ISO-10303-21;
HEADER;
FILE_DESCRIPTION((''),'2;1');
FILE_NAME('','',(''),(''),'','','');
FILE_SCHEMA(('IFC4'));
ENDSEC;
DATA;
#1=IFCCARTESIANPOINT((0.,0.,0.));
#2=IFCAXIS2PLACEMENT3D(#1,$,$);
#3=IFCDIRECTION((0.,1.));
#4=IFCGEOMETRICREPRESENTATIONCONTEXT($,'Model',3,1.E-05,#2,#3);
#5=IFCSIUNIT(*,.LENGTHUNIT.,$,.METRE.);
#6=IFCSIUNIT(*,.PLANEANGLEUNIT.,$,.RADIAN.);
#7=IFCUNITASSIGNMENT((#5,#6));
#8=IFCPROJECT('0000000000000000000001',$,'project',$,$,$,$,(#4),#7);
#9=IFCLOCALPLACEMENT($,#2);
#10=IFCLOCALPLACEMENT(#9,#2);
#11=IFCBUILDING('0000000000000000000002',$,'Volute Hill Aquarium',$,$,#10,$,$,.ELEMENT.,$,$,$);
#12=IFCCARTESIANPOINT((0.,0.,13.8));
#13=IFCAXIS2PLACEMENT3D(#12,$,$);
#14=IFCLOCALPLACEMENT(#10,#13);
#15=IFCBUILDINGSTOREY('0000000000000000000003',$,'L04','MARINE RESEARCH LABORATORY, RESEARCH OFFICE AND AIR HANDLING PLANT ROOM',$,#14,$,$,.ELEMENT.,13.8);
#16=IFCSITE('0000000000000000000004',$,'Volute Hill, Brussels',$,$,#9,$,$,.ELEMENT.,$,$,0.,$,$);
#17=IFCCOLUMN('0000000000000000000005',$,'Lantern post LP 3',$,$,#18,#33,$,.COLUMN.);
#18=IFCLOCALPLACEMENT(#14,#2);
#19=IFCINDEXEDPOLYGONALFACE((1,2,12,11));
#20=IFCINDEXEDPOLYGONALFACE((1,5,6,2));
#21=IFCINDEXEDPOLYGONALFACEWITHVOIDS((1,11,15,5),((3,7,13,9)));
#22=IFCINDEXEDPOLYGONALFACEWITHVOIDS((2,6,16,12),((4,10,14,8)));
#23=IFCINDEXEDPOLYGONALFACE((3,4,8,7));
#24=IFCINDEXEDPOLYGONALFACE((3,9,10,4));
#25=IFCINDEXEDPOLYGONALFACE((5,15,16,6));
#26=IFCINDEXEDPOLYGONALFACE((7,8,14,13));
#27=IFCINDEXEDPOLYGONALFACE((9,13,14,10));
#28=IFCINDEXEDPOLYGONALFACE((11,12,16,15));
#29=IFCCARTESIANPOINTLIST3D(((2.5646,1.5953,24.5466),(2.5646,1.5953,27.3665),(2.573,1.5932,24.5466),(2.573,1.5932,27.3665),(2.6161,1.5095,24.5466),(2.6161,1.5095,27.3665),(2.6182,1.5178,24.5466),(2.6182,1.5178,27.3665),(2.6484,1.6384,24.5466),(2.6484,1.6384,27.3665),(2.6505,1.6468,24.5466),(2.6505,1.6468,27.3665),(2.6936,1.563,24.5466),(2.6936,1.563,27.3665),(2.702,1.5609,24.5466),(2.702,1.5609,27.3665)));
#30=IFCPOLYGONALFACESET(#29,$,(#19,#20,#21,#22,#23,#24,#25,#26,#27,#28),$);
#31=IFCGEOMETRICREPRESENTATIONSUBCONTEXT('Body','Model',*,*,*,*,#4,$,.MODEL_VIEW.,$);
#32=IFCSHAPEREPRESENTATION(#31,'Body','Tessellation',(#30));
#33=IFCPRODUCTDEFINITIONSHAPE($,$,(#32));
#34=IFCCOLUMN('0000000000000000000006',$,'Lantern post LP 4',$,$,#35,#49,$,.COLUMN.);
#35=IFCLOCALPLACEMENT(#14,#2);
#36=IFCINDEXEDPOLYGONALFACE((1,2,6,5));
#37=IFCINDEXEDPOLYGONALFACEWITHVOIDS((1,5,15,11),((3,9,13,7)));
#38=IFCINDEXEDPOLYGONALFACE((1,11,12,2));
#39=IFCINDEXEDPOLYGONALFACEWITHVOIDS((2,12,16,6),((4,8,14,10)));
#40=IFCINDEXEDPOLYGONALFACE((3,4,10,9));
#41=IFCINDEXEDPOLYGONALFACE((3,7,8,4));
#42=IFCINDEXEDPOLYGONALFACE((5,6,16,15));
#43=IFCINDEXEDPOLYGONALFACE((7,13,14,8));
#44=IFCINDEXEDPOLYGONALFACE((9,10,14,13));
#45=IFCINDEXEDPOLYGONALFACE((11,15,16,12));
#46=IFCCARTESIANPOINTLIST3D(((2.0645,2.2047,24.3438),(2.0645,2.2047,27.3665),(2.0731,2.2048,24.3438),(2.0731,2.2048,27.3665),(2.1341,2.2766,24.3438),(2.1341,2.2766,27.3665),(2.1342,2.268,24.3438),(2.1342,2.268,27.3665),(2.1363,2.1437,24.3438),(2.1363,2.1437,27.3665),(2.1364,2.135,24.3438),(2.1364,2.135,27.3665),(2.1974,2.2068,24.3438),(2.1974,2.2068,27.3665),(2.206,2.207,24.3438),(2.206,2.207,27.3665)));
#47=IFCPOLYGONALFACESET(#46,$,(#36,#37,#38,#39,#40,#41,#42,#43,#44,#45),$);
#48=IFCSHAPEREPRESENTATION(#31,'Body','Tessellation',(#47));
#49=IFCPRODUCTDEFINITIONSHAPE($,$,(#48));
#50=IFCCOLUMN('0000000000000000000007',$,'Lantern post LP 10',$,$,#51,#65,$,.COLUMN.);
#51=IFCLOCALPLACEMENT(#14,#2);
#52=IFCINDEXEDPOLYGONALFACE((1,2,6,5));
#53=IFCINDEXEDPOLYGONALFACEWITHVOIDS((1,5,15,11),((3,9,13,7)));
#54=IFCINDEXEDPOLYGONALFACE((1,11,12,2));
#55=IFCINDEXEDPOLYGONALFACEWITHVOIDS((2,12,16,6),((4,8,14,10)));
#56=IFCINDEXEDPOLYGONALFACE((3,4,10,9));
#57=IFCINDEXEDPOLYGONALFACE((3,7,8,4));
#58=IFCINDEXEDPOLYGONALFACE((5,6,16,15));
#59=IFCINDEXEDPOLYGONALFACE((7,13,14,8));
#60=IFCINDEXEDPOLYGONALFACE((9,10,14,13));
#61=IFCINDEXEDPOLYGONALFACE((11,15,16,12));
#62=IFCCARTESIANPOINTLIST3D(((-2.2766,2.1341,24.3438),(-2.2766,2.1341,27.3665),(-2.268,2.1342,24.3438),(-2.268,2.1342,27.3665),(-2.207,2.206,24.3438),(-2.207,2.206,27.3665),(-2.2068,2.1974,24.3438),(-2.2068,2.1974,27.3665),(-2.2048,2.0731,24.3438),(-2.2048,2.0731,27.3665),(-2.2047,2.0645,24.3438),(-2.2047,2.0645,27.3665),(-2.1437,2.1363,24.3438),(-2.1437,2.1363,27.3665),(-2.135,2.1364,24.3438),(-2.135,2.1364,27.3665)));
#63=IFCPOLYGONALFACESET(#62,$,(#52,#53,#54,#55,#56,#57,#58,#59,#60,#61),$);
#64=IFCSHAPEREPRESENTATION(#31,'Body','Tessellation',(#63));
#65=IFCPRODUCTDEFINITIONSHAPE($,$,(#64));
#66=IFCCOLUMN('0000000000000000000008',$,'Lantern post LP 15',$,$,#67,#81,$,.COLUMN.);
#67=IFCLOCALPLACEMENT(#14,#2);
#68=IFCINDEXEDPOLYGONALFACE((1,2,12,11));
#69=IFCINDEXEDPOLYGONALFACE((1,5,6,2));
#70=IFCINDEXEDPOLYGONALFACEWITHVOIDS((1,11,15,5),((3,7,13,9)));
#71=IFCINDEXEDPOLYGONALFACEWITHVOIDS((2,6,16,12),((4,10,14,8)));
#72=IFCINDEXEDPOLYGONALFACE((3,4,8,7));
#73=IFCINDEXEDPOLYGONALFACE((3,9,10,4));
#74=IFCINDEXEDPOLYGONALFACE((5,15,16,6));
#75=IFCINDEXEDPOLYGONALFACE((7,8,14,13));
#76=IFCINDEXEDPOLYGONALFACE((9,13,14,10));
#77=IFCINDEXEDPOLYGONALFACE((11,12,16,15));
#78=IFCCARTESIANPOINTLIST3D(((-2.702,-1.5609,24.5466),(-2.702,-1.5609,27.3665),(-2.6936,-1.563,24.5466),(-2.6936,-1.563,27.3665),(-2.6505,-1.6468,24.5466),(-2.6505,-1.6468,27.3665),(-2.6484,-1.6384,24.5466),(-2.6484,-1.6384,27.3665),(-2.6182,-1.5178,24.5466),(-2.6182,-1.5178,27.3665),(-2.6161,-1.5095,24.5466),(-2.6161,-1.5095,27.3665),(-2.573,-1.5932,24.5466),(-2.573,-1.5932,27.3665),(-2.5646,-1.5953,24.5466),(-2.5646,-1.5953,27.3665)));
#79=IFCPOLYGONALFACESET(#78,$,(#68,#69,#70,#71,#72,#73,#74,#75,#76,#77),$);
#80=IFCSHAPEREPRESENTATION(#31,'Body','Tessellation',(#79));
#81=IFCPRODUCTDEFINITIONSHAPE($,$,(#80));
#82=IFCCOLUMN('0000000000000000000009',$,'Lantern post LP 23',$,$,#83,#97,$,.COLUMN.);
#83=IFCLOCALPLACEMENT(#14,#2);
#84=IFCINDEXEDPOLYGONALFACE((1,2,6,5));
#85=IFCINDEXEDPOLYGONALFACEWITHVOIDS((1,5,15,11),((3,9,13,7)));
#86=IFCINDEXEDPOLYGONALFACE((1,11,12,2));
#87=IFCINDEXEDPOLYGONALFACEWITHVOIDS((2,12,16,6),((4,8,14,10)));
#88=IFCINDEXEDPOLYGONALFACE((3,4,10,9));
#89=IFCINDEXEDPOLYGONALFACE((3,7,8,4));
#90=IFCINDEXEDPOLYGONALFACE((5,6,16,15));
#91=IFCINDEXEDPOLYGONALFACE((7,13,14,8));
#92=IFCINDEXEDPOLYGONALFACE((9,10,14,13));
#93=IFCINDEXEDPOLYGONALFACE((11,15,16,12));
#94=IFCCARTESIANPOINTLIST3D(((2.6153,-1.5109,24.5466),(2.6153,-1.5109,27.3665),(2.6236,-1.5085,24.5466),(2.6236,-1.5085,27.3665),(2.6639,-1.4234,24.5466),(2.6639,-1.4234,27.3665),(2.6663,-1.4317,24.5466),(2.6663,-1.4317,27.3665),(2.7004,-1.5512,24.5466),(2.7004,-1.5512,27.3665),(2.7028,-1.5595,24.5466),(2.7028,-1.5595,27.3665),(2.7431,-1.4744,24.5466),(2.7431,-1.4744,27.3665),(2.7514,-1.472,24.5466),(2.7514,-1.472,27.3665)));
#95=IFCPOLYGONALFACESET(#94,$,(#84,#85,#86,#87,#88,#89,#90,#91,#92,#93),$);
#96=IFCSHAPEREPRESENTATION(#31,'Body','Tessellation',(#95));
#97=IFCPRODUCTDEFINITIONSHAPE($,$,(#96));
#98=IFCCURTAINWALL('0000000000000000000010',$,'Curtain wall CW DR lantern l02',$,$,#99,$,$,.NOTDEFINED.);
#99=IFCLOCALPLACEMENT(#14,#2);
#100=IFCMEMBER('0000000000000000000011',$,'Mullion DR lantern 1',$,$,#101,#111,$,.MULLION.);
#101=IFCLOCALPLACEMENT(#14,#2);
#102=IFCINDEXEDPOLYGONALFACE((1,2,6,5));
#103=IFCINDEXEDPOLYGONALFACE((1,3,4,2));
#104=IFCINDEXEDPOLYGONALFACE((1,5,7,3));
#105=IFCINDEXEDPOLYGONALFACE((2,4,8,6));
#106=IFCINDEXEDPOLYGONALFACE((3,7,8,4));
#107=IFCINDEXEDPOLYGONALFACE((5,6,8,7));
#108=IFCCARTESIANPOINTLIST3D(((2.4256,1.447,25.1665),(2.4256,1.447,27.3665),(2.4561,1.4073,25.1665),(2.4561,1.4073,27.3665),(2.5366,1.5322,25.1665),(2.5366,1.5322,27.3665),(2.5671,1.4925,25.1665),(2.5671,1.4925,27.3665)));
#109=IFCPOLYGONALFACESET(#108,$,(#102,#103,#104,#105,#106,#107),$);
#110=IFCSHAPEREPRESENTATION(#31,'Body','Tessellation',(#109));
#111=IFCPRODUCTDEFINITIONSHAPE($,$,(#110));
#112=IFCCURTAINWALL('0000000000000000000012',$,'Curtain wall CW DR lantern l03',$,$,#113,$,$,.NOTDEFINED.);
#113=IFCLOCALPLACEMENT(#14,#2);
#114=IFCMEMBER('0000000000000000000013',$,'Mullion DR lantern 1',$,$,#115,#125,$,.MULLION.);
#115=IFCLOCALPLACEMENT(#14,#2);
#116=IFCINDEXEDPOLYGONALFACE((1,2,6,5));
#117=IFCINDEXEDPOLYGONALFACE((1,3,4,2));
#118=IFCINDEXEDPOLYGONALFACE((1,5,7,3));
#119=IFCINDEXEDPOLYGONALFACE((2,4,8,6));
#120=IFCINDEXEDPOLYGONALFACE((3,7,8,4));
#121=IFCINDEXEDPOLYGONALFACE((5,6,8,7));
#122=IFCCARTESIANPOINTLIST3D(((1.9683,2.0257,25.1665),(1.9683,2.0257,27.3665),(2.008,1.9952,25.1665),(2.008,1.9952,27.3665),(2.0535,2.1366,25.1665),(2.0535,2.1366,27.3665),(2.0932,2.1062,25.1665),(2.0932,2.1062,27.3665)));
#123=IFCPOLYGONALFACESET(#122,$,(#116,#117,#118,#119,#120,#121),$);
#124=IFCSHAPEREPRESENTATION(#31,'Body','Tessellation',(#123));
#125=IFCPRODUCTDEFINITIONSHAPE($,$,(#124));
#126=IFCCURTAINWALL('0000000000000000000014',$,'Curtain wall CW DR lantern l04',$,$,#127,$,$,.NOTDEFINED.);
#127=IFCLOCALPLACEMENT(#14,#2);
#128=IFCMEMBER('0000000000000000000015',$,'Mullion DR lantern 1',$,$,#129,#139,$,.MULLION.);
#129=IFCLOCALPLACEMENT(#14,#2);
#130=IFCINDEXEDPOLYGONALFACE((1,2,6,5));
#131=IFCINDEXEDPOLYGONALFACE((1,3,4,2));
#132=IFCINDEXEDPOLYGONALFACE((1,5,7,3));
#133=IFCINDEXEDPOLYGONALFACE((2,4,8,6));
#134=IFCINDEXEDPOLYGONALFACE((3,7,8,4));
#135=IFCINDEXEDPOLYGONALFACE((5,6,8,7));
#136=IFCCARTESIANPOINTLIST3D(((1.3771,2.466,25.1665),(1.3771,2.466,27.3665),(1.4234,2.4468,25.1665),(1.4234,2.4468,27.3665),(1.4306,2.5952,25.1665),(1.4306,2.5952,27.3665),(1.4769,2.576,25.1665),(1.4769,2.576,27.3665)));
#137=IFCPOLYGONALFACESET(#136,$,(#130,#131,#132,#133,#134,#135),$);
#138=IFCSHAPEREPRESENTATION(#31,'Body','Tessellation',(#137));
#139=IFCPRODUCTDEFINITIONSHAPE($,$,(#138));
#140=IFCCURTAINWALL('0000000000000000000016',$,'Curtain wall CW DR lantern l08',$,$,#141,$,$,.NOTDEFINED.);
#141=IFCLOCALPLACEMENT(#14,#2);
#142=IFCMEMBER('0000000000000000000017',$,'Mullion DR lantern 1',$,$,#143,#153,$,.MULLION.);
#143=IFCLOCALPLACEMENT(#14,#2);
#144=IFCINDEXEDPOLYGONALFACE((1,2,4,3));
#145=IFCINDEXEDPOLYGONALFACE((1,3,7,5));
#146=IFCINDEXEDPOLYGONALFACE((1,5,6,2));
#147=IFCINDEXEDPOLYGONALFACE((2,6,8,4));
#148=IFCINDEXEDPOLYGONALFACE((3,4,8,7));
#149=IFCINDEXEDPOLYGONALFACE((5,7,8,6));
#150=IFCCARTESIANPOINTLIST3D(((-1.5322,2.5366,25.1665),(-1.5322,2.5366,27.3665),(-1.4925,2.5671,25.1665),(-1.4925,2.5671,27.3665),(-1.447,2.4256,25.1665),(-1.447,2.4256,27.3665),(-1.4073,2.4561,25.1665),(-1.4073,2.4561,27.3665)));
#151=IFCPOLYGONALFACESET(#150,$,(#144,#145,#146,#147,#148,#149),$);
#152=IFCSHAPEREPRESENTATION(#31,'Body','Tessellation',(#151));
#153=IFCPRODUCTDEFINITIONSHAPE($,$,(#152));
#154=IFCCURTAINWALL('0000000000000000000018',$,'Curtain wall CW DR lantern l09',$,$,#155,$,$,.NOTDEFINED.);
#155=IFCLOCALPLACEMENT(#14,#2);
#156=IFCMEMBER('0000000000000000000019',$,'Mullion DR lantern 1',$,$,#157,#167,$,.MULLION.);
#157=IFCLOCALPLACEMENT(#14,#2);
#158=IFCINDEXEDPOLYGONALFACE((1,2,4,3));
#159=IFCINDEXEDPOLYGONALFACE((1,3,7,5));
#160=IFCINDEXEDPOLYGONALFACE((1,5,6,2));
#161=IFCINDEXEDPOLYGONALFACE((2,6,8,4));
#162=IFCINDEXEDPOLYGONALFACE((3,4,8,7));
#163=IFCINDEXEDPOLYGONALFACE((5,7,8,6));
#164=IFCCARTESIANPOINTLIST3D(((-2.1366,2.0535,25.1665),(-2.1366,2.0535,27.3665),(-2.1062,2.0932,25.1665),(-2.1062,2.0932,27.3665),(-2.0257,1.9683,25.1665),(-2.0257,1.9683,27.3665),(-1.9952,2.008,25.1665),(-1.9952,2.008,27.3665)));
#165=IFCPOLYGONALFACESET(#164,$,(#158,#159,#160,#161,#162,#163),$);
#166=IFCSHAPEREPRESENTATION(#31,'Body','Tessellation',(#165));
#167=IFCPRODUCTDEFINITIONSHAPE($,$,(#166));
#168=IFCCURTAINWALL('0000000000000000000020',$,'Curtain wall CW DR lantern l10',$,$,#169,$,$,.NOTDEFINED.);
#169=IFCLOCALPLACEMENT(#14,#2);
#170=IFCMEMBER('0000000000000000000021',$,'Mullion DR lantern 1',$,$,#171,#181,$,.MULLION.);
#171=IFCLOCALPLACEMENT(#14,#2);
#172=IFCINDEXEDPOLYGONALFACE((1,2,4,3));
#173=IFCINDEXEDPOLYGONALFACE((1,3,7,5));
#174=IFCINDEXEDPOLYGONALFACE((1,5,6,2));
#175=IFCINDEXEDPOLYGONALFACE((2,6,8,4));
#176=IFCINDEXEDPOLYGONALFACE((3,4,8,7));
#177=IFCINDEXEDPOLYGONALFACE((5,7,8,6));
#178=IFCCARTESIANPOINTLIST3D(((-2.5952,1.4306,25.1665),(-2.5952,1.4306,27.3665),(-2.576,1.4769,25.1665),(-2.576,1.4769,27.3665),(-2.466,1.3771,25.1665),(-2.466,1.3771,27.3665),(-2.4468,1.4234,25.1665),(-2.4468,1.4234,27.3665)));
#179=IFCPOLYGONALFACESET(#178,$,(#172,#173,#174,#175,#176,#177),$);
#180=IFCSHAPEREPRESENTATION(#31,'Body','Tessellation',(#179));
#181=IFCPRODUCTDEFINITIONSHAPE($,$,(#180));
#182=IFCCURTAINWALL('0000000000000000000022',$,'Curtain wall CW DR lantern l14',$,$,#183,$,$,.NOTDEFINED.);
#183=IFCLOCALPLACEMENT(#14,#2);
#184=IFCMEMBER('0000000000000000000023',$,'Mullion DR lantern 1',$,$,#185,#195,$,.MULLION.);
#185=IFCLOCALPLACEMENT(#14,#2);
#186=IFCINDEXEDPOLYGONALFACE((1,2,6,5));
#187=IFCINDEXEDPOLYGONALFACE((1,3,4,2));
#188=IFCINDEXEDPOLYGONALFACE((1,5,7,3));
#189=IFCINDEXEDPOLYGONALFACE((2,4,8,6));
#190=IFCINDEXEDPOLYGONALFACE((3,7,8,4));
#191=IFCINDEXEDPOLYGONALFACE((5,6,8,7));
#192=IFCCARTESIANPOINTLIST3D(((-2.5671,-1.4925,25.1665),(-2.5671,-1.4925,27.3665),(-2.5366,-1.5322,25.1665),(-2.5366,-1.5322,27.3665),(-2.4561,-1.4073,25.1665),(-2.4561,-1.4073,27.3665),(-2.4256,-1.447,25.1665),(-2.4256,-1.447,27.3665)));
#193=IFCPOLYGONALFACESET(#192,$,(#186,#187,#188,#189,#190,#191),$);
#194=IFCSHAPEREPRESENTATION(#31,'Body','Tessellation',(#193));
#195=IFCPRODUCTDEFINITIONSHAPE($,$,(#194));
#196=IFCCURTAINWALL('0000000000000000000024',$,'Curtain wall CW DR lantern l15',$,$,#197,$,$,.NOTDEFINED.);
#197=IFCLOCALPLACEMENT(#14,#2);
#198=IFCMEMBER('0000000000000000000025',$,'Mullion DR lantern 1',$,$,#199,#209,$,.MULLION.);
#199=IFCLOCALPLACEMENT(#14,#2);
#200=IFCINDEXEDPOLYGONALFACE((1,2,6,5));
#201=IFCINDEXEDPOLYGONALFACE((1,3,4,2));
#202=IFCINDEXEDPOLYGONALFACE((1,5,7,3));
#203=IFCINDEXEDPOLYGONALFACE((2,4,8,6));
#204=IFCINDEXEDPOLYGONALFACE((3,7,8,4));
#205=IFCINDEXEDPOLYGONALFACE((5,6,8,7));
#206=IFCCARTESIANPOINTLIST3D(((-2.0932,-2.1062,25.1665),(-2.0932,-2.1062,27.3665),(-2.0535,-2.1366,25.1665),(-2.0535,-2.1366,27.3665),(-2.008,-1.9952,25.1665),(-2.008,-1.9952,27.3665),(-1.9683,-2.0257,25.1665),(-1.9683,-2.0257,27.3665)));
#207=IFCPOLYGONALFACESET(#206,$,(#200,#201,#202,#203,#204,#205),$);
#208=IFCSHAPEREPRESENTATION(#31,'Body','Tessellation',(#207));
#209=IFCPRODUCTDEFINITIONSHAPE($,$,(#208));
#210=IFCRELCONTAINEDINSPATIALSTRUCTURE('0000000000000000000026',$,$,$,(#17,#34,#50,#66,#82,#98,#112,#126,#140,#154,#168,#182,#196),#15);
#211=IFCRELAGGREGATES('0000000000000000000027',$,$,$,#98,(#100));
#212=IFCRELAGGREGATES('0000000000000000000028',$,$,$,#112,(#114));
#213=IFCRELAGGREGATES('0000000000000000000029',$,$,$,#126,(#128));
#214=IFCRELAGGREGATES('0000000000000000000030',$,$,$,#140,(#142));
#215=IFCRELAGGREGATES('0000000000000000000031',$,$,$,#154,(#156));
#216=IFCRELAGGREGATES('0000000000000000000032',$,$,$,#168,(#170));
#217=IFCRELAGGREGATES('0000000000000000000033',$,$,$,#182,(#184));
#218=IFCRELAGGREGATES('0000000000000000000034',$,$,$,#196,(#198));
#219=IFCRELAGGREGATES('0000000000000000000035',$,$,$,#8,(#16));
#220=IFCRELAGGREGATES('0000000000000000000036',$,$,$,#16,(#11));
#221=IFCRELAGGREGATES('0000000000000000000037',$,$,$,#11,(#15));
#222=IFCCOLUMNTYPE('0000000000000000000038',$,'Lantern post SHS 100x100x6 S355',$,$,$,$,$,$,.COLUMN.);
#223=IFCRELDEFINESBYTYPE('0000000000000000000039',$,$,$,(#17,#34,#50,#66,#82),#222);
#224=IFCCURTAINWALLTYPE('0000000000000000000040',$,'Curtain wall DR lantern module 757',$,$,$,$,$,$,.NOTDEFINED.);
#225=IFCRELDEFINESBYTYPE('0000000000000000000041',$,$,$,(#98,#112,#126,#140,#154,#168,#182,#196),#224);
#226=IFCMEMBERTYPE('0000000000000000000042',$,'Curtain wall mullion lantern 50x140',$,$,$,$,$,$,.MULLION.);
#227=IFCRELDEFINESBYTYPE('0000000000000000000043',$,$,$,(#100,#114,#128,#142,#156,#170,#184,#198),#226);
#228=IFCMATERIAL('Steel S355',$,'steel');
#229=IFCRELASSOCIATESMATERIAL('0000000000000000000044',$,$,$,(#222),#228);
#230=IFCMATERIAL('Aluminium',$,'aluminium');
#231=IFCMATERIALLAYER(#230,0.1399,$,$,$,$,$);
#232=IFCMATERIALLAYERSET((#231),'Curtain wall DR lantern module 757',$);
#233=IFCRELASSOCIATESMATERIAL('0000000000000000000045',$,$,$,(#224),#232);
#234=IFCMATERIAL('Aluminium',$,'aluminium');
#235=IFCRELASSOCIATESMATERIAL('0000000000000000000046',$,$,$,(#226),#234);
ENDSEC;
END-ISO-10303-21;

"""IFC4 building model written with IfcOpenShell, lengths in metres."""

from ifc_helpers import new_model, si_unit, direction, frame, origin, origin_2d, place, context, subcontext, project, spatial, rectangle, hollow_rectangle, extrude, material, layer, layer_set, material_profile, profile_set, type_object, element, aggregate, save


model = new_model("IFC4")

# Units and contexts
model_context = context("Model", 3, precision=1e-05, world=origin(), true_north=direction((0.0, 1.0)))
body_context = subcontext(model_context, "Body", "Model", "MODEL_VIEW")
ifc_project = project(units=[si_unit("LENGTHUNIT", "METRE"), si_unit("PLANEANGLEUNIT", "RADIAN")], contexts=[model_context])

# Site, building, storey
site_placement = place(None, origin())
site = spatial("IfcSite", under=ifc_project, at=site_placement, Name="Volute Hill, Brussels", CompositionType="ELEMENT", RefElevation=0.0)
building_placement = place(site_placement, origin())
building = spatial("IfcBuilding", under=site, at=building_placement, Name="Volute Hill Aquarium", CompositionType="ELEMENT")
storey_placement = place(building_placement, frame((0.0, 0.0, 13.8)))
storey = spatial("IfcBuildingStorey", under=building, at=storey_placement, Name="L04", Description="MARINE RESEARCH LABORATORY, RESEARCH OFFICE AND AIR HANDLING PLANT ROOM", CompositionType="ELEMENT", Elevation=13.8)

# Columns
ifc_material_1 = material(Name="Steel S355", Category="steel")
ifc_material_profile_1 = material_profile(ifc_material_1, hollow_rectangle(XDim=0.1001, YDim=0.1001, WallThickness=0.0061, at=origin_2d()), Name="SHS 100x100x6")
ifc_profile_set_1 = profile_set([ifc_material_profile_1], Name="Steel S355")
column_type = type_object("IfcColumnType", Name="Lantern post SHS 100x100x6 S355", PredefinedType="COLUMN", material=ifc_profile_set_1)
column_placement = place(storey_placement, frame((2.6333, 1.5781, 24.5466), z_axis=(0.0, 0.0, 1.0), x_axis=(0.857768, 0.514038, 0.0)))
element("IfcColumn", 1, at=column_placement, inside=storey, type_object=column_type, Name="Lantern post LP 3", PredefinedType="COLUMN", context=body_context, shape_type="SweptSolid", body=[
    extrude(hollow_rectangle(XDim=0.1001, YDim=0.1001, WallThickness=0.0061, at=origin_2d()), origin(), (0.0, 0.0, 1.0), 2.8198),
])
for number, where, z_axis, x_axis, name in (
    (2, (2.1353, 2.2058, 24.3438), (0.0, 0.0, 1.0), (0.695497, 0.718529, 0.0), "Lantern post LP 4"),
    (3, (-2.2058, 2.1353, 24.3438), (0.0, 0.0, 1.0), (-0.718529, 0.695497, 0.0), "Lantern post LP 10"),
):
    element("IfcColumn", number, at=place(storey_placement, frame(where, z_axis=z_axis, x_axis=x_axis)), inside=storey, type_object=column_type, Name=name, PredefinedType="COLUMN", context=body_context, shape_type="SweptSolid", body=[
        extrude(hollow_rectangle(XDim=0.1001, YDim=0.1001, WallThickness=0.0061, at=origin_2d()), origin(), (0.0, 0.0, 1.0), 3.0227),
    ])
for number, where, z_axis, x_axis, name in (
    (4, (-2.6333, -1.5781, 24.5466), (0.0, 0.0, 1.0), (-0.857768, -0.514038, 0.0), "Lantern post LP 15"),
    (5, (2.6833, -1.4915, 24.5466), (0.0, 0.0, 1.0), (0.874054, -0.48583, 0.0), "Lantern post LP 23"),
):
    element("IfcColumn", number, at=place(storey_placement, frame(where, z_axis=z_axis, x_axis=x_axis)), inside=storey, type_object=column_type, Name=name, PredefinedType="COLUMN", context=body_context, shape_type="SweptSolid", body=[
        extrude(hollow_rectangle(XDim=0.1001, YDim=0.1001, WallThickness=0.0061, at=origin_2d()), origin(), (0.0, 0.0, 1.0), 2.8198),
    ])

# Curtain walls, members
ifc_material_2 = material(Name="Aluminium", Category="aluminium")
ifc_layer_1 = layer(ifc_material_2, 0.1399)
ifc_layer_set_1 = layer_set([ifc_layer_1], Name="Curtain wall DR lantern module 757")
curtain_wall_type = type_object("IfcCurtainWallType", Name="Curtain wall DR lantern module 757", PredefinedType="NOTDEFINED", material=ifc_layer_set_1)
curtain_wall_1_placement = place(storey_placement, origin())
curtain_wall_1 = element("IfcCurtainWall", 6, at=curtain_wall_1_placement, inside=storey, type_object=curtain_wall_type, Name="Curtain wall CW DR lantern l02", PredefinedType="NOTDEFINED")
ifc_material_3 = material(Name="Aluminium", Category="aluminium")
ifc_material_profile_2 = material_profile(ifc_material_3, rectangle(XDim=0.1399, YDim=0.05, at=origin_2d()), Name="Curtain wall mullion lantern 50x140")
ifc_profile_set_2 = profile_set([ifc_material_profile_2], Name="Aluminium")
member_type = type_object("IfcMemberType", Name="Curtain wall mullion lantern 50x140", PredefinedType="MULLION", material=ifc_profile_set_2)
member_1_placement = place(storey_placement, frame((2.4963, 1.4697, 25.1665), z_axis=(0.0, 0.0, 1.0), x_axis=(-0.793326, -0.608798, 0.0)))
member_1 = element("IfcMember", 7, at=member_1_placement, type_object=member_type, Name="Mullion DR lantern 1", PredefinedType="MULLION", context=body_context, shape_type="SweptSolid", body=[
    extrude(rectangle(XDim=0.1399, YDim=0.05, at=origin_2d()), origin(), (0.0, 0.0, 1.0), 2.2),
])
aggregate(curtain_wall_1, [member_1])
curtain_wall_2_placement = place(storey_placement, origin())
curtain_wall_2 = element("IfcCurtainWall", 8, at=curtain_wall_2_placement, inside=storey, type_object=curtain_wall_type, Name="Curtain wall CW DR lantern l03", PredefinedType="NOTDEFINED")
member_2_placement = place(storey_placement, frame((2.0308, 2.0659, 25.1665), z_axis=(0.0, 0.0, 1.0), x_axis=(-0.608798, -0.793326, 0.0)))
member_2 = element("IfcMember", 9, at=member_2_placement, type_object=member_type, Name="Mullion DR lantern 1", PredefinedType="MULLION", context=body_context, shape_type="SweptSolid", body=[
    extrude(rectangle(XDim=0.1399, YDim=0.05, at=origin_2d()), origin(), (0.0, 0.0, 1.0), 2.2),
])
aggregate(curtain_wall_2, [member_2])
curtain_wall_3_placement = place(storey_placement, origin())
curtain_wall_3 = element("IfcCurtainWall", 10, at=curtain_wall_3_placement, inside=storey, type_object=curtain_wall_type, Name="Curtain wall CW DR lantern l04", PredefinedType="NOTDEFINED")
member_3_placement = place(storey_placement, frame((1.427, 2.521, 25.1665), z_axis=(0.0, 0.0, 1.0), x_axis=(-0.382682, -0.92388, 0.0)))
member_3 = element("IfcMember", 11, at=member_3_placement, type_object=member_type, Name="Mullion DR lantern 1", PredefinedType="MULLION", context=body_context, shape_type="SweptSolid", body=[
    extrude(rectangle(XDim=0.1399, YDim=0.05, at=origin_2d()), origin(), (0.0, 0.0, 1.0), 2.2),
])
aggregate(curtain_wall_3, [member_3])
curtain_wall_4_placement = place(storey_placement, origin())
curtain_wall_4 = element("IfcCurtainWall", 12, at=curtain_wall_4_placement, inside=storey, type_object=curtain_wall_type, Name="Curtain wall CW DR lantern l08", PredefinedType="NOTDEFINED")
member_4_placement = place(storey_placement, frame((-1.4697, 2.4963, 25.1665), z_axis=(0.0, 0.0, 1.0), x_axis=(0.608798, -0.793326, 0.0)))
member_4 = element("IfcMember", 13, at=member_4_placement, type_object=member_type, Name="Mullion DR lantern 1", PredefinedType="MULLION", context=body_context, shape_type="SweptSolid", body=[
    extrude(rectangle(XDim=0.1399, YDim=0.05, at=origin_2d()), origin(), (0.0, 0.0, 1.0), 2.2),
])
aggregate(curtain_wall_4, [member_4])
curtain_wall_5_placement = place(storey_placement, origin())
curtain_wall_5 = element("IfcCurtainWall", 14, at=curtain_wall_5_placement, inside=storey, type_object=curtain_wall_type, Name="Curtain wall CW DR lantern l09", PredefinedType="NOTDEFINED")
member_5_placement = place(storey_placement, frame((-2.0659, 2.0308, 25.1665), z_axis=(0.0, 0.0, 1.0), x_axis=(0.793326, -0.608798, 0.0)))
member_5 = element("IfcMember", 15, at=member_5_placement, type_object=member_type, Name="Mullion DR lantern 1", PredefinedType="MULLION", context=body_context, shape_type="SweptSolid", body=[
    extrude(rectangle(XDim=0.1399, YDim=0.05, at=origin_2d()), origin(), (0.0, 0.0, 1.0), 2.2),
])
aggregate(curtain_wall_5, [member_5])
curtain_wall_6_placement = place(storey_placement, origin())
curtain_wall_6 = element("IfcCurtainWall", 16, at=curtain_wall_6_placement, inside=storey, type_object=curtain_wall_type, Name="Curtain wall CW DR lantern l10", PredefinedType="NOTDEFINED")
member_6_placement = place(storey_placement, frame((-2.521, 1.427, 25.1665), z_axis=(0.0, 0.0, 1.0), x_axis=(0.92388, -0.382682, 0.0)))
member_6 = element("IfcMember", 17, at=member_6_placement, type_object=member_type, Name="Mullion DR lantern 1", PredefinedType="MULLION", context=body_context, shape_type="SweptSolid", body=[
    extrude(rectangle(XDim=0.1399, YDim=0.05, at=origin_2d()), origin(), (0.0, 0.0, 1.0), 2.2),
])
aggregate(curtain_wall_6, [member_6])
curtain_wall_7_placement = place(storey_placement, origin())
curtain_wall_7 = element("IfcCurtainWall", 18, at=curtain_wall_7_placement, inside=storey, type_object=curtain_wall_type, Name="Curtain wall CW DR lantern l14", PredefinedType="NOTDEFINED")
member_7_placement = place(storey_placement, frame((-2.4963, -1.4697, 25.1665), z_axis=(0.0, 0.0, 1.0), x_axis=(0.793326, 0.608798, 0.0)))
member_7 = element("IfcMember", 19, at=member_7_placement, type_object=member_type, Name="Mullion DR lantern 1", PredefinedType="MULLION", context=body_context, shape_type="SweptSolid", body=[
    extrude(rectangle(XDim=0.1399, YDim=0.05, at=origin_2d()), origin(), (0.0, 0.0, 1.0), 2.2),
])
aggregate(curtain_wall_7, [member_7])
curtain_wall_8_placement = place(storey_placement, origin())
curtain_wall_8 = element("IfcCurtainWall", 20, at=curtain_wall_8_placement, inside=storey, type_object=curtain_wall_type, Name="Curtain wall CW DR lantern l15", PredefinedType="NOTDEFINED")
member_8_placement = place(storey_placement, frame((-2.0308, -2.0659, 25.1665), z_axis=(0.0, 0.0, 1.0), x_axis=(0.608798, 0.793326, 0.0)))
member_8 = element("IfcMember", 21, at=member_8_placement, type_object=member_type, Name="Mullion DR lantern 1", PredefinedType="MULLION", context=body_context, shape_type="SweptSolid", body=[
    extrude(rectangle(XDim=0.1399, YDim=0.05, at=origin_2d()), origin(), (0.0, 0.0, 1.0), 2.2),
])
aggregate(curtain_wall_8, [member_8])

save(model, "model.ifc")
